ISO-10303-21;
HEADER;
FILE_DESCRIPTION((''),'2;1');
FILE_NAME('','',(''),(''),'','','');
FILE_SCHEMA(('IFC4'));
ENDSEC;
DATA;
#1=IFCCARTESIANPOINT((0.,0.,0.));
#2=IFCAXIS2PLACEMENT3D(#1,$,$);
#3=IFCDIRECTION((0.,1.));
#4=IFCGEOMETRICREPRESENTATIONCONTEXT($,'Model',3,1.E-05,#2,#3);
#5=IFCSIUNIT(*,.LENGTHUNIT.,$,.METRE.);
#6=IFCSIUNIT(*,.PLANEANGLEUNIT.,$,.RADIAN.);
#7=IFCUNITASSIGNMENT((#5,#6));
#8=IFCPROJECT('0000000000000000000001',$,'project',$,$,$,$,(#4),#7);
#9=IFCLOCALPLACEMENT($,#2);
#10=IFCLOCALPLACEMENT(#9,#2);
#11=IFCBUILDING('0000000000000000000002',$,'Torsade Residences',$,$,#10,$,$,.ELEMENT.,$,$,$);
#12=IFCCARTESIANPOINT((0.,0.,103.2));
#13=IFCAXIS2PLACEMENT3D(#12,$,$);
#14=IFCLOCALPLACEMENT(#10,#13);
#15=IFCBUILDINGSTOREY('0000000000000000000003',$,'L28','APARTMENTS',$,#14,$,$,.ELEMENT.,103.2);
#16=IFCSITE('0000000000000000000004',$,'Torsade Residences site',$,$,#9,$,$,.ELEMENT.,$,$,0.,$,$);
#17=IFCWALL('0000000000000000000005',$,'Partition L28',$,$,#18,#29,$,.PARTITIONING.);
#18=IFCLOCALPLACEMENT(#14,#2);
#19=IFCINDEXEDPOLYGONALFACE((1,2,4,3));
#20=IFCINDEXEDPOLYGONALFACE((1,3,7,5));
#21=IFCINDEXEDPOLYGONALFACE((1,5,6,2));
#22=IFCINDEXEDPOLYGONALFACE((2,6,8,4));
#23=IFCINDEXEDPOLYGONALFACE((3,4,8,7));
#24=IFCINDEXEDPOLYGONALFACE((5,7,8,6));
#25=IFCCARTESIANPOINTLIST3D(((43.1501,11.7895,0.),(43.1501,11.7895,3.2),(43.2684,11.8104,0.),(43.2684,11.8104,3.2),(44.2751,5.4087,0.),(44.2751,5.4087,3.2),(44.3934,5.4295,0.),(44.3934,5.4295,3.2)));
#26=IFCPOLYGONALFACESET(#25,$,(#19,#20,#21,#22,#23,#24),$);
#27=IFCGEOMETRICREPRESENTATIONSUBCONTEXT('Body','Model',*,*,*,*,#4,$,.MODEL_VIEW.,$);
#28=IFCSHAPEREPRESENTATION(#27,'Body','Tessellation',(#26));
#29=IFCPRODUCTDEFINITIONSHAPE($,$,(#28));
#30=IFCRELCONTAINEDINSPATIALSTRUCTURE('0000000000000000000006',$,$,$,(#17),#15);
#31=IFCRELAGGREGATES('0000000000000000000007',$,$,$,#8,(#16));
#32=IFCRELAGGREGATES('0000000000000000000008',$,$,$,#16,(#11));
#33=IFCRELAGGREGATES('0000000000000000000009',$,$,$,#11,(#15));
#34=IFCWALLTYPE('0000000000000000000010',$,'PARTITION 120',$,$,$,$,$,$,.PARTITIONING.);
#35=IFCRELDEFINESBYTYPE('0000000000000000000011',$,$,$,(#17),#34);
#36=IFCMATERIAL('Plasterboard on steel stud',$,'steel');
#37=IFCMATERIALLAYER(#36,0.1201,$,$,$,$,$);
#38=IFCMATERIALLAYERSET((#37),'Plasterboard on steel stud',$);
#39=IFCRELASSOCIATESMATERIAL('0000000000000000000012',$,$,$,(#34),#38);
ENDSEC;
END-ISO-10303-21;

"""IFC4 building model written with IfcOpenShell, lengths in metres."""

from ifc_helpers import new_model, si_unit, direction, frame, frame_2d, origin, place, context, subcontext, project, spatial, rectangle, extrude, material, layer, layer_set, type_object, element, save


model = new_model("IFC4")

# Units and contexts
model_context = context("Model", 3, precision=1e-05, world=origin(), true_north=direction((0.0, 1.0)))
body_context = subcontext(model_context, "Body", "Model", "MODEL_VIEW")
ifc_project = project(units=[si_unit("LENGTHUNIT", "METRE"), si_unit("PLANEANGLEUNIT", "RADIAN")], contexts=[model_context])

# Site, building, storey
site_placement = place(None, origin())
site = spatial("IfcSite", under=ifc_project, at=site_placement, Name="Torsade Residences site", CompositionType="ELEMENT", RefElevation=0.0)
building_placement = place(site_placement, origin())
building = spatial("IfcBuilding", under=site, at=building_placement, Name="Torsade Residences", CompositionType="ELEMENT")
storey_placement = place(building_placement, frame((0.0, 0.0, 103.2)))
storey = spatial("IfcBuildingStorey", under=building, at=storey_placement, Name="L28", Description="APARTMENTS", CompositionType="ELEMENT", Elevation=103.2)

# Shared definitions
ifc_material_1 = material(Name="Plasterboard on steel stud", Category="steel")
ifc_layer_1 = layer(ifc_material_1, 0.1201)
ifc_layer_set_1 = layer_set([ifc_layer_1], Name="Plasterboard on steel stud")
wall_type = type_object("IfcWallType", Name="PARTITION 120", PredefinedType="PARTITIONING", material=ifc_layer_set_1)

# Wall
wall_1_placement = place(storey_placement, frame((43.2092, 11.8, 0.0), z_axis=(0.0, 0.0, 1.0), x_axis=(0.173631, -0.984811, 0.0)))
element("IfcWall", 1, at=wall_1_placement, inside=storey, type_object=wall_type, Name="Partition L28", PredefinedType="PARTITIONING", context=body_context, shape_type="SweptSolid", body=[
    extrude(rectangle(XDim=6.4792, YDim=0.1201, at=frame_2d((3.2397, 0.0))), origin(), (0.0, 0.0, 1.0), 3.2),
])

save(model, "model.ifc")
